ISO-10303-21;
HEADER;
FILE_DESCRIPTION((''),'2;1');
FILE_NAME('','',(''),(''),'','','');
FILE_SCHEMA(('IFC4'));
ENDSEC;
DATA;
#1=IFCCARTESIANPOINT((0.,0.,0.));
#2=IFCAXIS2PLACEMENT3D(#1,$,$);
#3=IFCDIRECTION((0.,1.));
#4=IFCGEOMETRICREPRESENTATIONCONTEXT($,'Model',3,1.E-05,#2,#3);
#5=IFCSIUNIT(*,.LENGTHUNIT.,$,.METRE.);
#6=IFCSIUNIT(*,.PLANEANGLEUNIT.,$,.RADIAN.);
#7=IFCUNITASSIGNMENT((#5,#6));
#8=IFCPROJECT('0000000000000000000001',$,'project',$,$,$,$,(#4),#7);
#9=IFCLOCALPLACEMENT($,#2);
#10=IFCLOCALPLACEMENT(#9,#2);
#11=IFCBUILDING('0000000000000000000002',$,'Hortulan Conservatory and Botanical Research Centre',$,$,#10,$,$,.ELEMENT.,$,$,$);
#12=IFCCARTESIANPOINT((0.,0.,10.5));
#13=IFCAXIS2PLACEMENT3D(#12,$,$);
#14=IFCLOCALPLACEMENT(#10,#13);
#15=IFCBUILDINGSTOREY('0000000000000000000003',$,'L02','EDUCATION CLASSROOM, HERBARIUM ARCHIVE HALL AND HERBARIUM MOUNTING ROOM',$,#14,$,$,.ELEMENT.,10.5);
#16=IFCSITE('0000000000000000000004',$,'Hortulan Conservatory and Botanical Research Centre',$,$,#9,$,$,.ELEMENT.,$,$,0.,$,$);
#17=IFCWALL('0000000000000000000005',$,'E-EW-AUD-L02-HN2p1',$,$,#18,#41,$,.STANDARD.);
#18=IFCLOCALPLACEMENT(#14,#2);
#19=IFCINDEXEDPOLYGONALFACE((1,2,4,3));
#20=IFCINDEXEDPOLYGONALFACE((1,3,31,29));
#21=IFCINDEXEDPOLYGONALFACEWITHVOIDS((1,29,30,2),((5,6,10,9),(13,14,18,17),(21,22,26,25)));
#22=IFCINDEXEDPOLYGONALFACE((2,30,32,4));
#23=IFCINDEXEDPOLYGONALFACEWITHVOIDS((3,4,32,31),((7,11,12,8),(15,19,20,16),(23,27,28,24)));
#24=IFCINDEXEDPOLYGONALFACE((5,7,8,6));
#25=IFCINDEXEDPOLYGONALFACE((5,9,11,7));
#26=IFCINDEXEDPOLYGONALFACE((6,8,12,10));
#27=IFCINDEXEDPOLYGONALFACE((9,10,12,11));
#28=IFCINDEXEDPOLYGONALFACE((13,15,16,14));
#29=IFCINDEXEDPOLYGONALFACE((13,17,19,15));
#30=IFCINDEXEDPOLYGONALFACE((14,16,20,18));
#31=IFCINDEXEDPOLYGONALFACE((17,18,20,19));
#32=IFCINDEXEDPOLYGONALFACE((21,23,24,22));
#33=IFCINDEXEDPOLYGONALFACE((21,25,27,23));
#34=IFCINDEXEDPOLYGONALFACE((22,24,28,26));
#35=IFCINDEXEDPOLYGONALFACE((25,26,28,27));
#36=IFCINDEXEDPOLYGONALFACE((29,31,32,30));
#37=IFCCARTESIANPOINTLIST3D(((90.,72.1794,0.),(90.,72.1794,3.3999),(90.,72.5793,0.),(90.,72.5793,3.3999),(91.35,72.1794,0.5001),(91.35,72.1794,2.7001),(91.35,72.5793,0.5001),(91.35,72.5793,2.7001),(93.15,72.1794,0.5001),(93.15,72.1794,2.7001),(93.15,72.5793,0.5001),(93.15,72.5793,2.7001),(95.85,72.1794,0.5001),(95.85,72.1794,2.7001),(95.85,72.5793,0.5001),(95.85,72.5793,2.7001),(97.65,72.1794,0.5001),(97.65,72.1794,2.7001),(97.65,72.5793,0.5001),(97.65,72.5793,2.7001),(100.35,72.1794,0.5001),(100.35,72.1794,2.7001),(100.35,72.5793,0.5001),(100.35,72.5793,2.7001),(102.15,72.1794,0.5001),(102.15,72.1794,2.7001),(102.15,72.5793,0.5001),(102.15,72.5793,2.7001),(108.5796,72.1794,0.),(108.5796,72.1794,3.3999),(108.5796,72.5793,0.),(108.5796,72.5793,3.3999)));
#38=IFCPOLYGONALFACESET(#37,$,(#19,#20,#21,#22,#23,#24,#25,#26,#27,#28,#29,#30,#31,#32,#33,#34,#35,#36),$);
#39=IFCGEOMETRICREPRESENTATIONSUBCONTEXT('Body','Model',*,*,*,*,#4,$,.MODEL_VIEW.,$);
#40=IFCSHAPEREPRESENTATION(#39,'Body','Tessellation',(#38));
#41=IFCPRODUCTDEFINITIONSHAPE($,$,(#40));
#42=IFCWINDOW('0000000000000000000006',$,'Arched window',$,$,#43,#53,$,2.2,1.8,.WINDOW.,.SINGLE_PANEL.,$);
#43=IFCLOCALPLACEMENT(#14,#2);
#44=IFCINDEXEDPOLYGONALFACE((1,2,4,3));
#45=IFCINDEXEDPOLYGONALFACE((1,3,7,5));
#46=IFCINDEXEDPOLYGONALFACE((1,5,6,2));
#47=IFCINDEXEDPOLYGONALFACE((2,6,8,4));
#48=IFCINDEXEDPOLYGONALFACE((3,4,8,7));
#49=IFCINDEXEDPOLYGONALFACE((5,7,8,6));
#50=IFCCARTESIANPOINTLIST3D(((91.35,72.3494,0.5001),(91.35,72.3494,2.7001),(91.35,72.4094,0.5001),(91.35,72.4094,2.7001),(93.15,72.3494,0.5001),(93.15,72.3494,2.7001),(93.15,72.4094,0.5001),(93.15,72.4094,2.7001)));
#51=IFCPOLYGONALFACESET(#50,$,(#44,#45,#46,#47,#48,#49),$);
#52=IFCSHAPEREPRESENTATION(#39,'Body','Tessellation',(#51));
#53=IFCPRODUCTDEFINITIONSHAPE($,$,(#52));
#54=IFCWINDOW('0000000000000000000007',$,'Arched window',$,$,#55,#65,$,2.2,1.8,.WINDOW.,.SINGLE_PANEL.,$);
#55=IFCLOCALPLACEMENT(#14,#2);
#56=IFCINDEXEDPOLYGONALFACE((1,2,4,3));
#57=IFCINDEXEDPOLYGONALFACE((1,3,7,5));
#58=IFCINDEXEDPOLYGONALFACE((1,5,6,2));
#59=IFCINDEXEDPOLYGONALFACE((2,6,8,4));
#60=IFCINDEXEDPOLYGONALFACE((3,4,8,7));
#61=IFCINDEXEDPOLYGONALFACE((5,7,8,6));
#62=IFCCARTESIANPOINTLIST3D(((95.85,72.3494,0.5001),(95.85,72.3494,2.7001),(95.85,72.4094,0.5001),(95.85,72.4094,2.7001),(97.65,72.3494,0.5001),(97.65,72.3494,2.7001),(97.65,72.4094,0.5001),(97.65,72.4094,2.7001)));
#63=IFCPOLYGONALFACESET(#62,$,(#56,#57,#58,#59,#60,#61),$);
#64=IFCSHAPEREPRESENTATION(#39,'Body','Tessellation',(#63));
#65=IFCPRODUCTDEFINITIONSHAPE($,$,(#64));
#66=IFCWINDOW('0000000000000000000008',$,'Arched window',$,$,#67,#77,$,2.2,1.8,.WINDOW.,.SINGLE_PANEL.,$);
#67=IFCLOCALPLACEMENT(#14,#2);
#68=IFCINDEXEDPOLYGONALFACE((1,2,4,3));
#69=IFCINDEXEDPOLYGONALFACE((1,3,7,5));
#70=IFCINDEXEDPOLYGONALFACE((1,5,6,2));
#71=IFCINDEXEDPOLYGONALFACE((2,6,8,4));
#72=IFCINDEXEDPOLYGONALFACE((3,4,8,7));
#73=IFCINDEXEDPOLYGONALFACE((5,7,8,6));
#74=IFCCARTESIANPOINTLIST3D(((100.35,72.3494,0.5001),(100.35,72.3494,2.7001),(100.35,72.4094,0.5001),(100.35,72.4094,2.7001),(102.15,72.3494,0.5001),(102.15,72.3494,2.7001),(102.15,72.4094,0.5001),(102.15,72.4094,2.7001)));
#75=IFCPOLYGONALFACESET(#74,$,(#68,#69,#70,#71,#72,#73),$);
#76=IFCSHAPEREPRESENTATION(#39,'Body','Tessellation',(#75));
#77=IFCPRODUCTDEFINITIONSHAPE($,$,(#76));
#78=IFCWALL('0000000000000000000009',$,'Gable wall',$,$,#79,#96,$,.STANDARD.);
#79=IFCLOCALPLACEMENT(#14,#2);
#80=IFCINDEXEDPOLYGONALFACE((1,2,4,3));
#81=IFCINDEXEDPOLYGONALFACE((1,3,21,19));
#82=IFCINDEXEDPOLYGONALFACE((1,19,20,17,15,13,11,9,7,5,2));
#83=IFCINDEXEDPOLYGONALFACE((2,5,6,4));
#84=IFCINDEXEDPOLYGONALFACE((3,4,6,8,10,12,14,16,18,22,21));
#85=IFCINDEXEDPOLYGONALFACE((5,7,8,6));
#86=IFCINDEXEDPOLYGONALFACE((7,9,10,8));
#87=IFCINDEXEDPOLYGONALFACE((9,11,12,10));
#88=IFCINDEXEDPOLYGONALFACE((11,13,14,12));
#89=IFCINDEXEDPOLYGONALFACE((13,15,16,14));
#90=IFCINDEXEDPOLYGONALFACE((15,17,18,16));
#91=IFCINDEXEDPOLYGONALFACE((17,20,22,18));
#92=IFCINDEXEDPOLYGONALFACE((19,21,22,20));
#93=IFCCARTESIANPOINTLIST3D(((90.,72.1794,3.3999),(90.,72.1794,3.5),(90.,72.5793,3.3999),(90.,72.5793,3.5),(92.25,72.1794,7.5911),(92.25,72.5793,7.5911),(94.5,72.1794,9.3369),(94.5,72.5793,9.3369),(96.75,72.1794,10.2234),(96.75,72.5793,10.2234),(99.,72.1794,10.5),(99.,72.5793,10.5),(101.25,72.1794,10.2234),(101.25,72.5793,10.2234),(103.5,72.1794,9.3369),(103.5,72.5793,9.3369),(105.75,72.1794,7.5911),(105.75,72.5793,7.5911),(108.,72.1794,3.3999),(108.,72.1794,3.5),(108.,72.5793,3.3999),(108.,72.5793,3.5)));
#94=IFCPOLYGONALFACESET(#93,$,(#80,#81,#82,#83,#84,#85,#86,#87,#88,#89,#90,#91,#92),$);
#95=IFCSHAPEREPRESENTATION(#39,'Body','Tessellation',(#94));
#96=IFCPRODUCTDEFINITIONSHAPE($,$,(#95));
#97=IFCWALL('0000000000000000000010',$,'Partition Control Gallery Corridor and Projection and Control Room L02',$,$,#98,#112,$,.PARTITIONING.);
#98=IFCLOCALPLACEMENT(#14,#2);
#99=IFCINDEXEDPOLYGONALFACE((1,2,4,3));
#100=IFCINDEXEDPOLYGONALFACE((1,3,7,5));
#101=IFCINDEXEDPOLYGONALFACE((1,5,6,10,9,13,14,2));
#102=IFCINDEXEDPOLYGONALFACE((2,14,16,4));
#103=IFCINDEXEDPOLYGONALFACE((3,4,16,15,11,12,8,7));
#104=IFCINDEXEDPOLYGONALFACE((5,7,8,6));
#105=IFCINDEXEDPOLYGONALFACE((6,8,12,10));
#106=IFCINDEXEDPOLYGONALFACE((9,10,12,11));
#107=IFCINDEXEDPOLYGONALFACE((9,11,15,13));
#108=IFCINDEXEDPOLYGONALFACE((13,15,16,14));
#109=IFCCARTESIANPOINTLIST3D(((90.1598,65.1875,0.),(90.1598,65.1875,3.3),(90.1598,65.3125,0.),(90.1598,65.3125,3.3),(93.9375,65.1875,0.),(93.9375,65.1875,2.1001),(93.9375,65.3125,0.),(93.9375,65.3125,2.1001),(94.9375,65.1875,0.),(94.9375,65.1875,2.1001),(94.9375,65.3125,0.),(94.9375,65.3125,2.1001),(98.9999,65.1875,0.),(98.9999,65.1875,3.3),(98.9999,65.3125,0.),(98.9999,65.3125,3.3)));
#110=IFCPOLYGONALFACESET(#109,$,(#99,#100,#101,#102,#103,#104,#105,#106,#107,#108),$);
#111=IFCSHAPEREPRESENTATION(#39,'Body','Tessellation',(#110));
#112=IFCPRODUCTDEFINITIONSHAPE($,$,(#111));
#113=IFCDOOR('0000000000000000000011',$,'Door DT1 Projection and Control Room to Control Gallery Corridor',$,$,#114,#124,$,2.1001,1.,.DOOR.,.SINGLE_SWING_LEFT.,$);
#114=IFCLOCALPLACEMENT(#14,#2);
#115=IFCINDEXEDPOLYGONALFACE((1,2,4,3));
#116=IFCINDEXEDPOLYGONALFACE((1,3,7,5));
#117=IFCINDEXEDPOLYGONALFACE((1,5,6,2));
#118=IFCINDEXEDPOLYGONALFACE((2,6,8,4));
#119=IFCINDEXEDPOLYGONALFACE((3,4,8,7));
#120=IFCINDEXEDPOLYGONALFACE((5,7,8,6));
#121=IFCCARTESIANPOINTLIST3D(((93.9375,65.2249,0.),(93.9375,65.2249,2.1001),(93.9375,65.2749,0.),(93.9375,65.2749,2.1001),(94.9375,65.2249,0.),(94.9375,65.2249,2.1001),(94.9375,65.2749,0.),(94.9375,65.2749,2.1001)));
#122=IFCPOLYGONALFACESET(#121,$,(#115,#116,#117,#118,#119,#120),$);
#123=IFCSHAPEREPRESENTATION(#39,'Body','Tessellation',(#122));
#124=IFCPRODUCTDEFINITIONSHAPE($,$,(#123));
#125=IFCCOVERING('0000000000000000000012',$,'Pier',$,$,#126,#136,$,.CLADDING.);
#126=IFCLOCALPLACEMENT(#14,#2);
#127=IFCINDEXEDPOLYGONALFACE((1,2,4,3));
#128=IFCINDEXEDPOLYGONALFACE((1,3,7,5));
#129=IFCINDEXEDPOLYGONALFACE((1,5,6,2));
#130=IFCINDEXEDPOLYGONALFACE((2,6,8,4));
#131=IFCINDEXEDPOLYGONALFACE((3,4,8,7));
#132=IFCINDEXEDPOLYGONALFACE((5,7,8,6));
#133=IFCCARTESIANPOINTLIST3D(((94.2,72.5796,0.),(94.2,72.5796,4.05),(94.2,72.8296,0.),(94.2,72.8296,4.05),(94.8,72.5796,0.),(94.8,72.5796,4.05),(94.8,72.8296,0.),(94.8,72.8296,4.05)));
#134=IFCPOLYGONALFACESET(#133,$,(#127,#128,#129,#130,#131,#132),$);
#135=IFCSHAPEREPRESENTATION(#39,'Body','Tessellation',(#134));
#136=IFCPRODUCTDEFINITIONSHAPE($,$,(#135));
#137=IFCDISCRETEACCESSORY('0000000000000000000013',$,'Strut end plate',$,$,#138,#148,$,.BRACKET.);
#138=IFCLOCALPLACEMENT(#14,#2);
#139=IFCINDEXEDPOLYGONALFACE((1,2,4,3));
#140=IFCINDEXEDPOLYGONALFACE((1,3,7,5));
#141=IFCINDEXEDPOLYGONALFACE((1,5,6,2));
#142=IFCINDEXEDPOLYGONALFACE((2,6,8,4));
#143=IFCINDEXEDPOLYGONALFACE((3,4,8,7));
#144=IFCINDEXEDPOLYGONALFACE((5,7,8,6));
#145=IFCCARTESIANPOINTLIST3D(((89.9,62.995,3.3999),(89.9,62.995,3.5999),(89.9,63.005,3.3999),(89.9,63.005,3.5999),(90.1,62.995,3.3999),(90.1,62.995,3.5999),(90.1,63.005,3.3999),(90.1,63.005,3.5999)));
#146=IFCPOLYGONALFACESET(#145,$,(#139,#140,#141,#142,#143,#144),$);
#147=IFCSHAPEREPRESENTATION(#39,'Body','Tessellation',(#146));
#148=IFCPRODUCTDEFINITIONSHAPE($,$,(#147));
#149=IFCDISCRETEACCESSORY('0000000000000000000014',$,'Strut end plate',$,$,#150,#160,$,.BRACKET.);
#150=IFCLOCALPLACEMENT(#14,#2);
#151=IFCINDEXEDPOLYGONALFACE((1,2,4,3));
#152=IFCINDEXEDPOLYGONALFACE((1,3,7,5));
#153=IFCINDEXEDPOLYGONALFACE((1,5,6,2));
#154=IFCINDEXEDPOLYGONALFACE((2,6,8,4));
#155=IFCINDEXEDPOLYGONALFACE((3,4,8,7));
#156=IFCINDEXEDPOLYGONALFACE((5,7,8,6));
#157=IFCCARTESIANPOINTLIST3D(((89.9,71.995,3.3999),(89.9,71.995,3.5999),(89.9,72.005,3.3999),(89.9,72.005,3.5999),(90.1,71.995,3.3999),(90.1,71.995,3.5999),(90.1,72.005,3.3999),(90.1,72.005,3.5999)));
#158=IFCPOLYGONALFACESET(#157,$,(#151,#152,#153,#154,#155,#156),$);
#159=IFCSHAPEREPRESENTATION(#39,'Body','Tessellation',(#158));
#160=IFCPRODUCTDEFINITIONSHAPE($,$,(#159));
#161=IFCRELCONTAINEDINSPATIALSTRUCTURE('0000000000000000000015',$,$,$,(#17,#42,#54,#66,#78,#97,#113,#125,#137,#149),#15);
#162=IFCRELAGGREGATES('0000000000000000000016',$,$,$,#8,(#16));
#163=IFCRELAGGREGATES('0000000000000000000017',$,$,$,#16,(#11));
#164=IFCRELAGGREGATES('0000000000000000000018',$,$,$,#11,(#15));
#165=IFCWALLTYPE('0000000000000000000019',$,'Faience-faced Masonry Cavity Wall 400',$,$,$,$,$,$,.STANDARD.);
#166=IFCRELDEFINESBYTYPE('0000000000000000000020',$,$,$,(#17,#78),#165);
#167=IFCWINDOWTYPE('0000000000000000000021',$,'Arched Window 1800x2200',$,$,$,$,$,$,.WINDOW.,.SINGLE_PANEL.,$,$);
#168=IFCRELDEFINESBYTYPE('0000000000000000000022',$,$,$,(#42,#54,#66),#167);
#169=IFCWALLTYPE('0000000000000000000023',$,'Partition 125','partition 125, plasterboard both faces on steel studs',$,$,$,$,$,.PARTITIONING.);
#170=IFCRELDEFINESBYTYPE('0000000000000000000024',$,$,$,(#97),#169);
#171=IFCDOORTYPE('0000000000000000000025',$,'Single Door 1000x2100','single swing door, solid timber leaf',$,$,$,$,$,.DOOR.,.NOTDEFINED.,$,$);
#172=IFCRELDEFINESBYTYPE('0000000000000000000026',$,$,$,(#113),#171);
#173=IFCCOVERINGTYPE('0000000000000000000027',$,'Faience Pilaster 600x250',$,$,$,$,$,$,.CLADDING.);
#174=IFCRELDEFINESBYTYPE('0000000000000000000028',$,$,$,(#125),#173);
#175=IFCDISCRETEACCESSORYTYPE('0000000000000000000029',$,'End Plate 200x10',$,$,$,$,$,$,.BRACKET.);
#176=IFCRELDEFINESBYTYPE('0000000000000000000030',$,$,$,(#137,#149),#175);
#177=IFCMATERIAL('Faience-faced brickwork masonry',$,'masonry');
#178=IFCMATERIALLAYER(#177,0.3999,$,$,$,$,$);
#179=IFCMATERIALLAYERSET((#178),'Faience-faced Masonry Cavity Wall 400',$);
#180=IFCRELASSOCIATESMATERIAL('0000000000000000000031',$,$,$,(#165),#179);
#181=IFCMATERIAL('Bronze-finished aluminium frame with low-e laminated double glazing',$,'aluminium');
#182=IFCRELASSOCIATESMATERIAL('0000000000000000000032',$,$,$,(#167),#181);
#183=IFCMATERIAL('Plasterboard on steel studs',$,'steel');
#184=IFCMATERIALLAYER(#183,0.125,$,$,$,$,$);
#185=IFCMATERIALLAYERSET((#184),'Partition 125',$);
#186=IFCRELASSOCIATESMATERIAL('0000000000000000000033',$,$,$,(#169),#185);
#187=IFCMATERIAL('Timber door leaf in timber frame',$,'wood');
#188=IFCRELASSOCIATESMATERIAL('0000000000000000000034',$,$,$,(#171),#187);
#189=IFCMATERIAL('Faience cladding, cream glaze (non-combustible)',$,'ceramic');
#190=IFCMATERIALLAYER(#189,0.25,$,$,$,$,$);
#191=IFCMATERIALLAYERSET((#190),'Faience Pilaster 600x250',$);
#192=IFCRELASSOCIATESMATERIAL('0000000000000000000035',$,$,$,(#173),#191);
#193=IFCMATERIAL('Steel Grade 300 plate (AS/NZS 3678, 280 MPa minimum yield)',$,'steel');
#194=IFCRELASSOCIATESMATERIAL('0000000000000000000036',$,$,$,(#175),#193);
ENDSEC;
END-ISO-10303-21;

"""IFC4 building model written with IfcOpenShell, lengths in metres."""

from ifc_helpers import new_model, si_unit, direction, frame, frame_2d, origin, origin_2d, place, context, subcontext, project, spatial, polyline, rectangle, outline, extrude, material, layer, layer_set, type_object, element, fill, save


model = new_model("IFC4")

# Units and contexts
model_context = context("Model", 3, precision=1e-05, world=origin(), true_north=direction((0.0, 1.0)))
body_context = subcontext(model_context, "Body", "Model", "MODEL_VIEW")
ifc_project = project(units=[si_unit("LENGTHUNIT", "METRE"), si_unit("PLANEANGLEUNIT", "RADIAN")], contexts=[model_context])

# Site, building, storey
site_placement = place(None, origin())
site = spatial("IfcSite", under=ifc_project, at=site_placement, Name="Hortulan Conservatory and Botanical Research Centre", CompositionType="ELEMENT", RefElevation=0.0)
building_placement = place(site_placement, origin())
building = spatial("IfcBuilding", under=site, at=building_placement, Name="Hortulan Conservatory and Botanical Research Centre", CompositionType="ELEMENT")
storey_placement = place(building_placement, frame((0.0, 0.0, 10.5)))
storey = spatial("IfcBuildingStorey", under=building, at=storey_placement, Name="L02", Description="EDUCATION CLASSROOM, HERBARIUM ARCHIVE HALL AND HERBARIUM MOUNTING ROOM", CompositionType="ELEMENT", Elevation=10.5)

# Wall, openings, windows
ifc_material_1 = material(Name="Faience-faced brickwork masonry", Category="masonry")
ifc_layer_1 = layer(ifc_material_1, 0.3999)
ifc_layer_set_1 = layer_set([ifc_layer_1], Name="Faience-faced Masonry Cavity Wall 400")
wall_type_1 = type_object("IfcWallType", Name="Faience-faced Masonry Cavity Wall 400", PredefinedType="STANDARD", material=ifc_layer_set_1)
wall_1_placement = place(storey_placement, frame((90.0, 72.3794, 0.0), z_axis=(0.0, 0.0, 1.0), x_axis=(1.0, 0.0, 0.0)))
wall_1 = element("IfcWall", 1, at=wall_1_placement, inside=storey, type_object=wall_type_1, Name="E-EW-AUD-L02-HN2p1", PredefinedType="STANDARD", context=body_context, shape_type="SweptSolid", body=[
    extrude(rectangle(XDim=18.5796, YDim=0.3999, at=frame_2d((9.2898, 0.0))), origin(), (0.0, 0.0, 1.0), 3.3999),
])
opening_1_placement = place(wall_1_placement, frame((1.3501, 0.0, 0.5)))
opening_1 = element("IfcOpeningElement", 2, at=opening_1_placement, cuts=wall_1, PredefinedType="OPENING", context=body_context, shape_type="SweptSolid", body=[
    extrude(rectangle(XDim=1.8, YDim=2.2, at=frame_2d((0.8999, 1.1001))), frame((0.0, 0.21, 0.0), z_axis=(0.0, -1.0, 0.0), x_axis=(1.0, 0.0, 0.0)), (0.0, 0.0, 1.0), 0.4199),
])
opening_2_placement = place(wall_1_placement, frame((5.8501, 0.0, 0.5)))
opening_2 = element("IfcOpeningElement", 3, at=opening_2_placement, cuts=wall_1, PredefinedType="OPENING", context=body_context, shape_type="SweptSolid", body=[
    extrude(rectangle(XDim=1.8, YDim=2.2, at=frame_2d((0.8999, 1.1001))), frame((0.0, 0.21, 0.0), z_axis=(0.0, -1.0, 0.0), x_axis=(1.0, 0.0, 0.0)), (0.0, 0.0, 1.0), 0.4199),
])
opening_3_placement = place(wall_1_placement, frame((10.3501, 0.0, 0.5)))
opening_3 = element("IfcOpeningElement", 4, at=opening_3_placement, cuts=wall_1, PredefinedType="OPENING", context=body_context, shape_type="SweptSolid", body=[
    extrude(rectangle(XDim=1.8, YDim=2.2, at=frame_2d((0.8999, 1.1001))), frame((0.0, 0.21, 0.0), z_axis=(0.0, -1.0, 0.0), x_axis=(1.0, 0.0, 0.0)), (0.0, 0.0, 1.0), 0.4199),
])
ifc_material_2 = material(Name="Bronze-finished aluminium frame with low-e laminated double glazing", Category="aluminium")
window_type = type_object("IfcWindowType", Name="Arched Window 1800x2200", PartitioningType="SINGLE_PANEL", PredefinedType="WINDOW", material=ifc_material_2)
window_1_placement = place(opening_1_placement, origin())
window_1 = element("IfcWindow", 5, at=window_1_placement, inside=storey, type_object=window_type, Name="Arched window", OverallHeight=2.2, OverallWidth=1.8, PartitioningType="SINGLE_PANEL", PredefinedType="WINDOW", context=body_context, shape_type="SweptSolid", body=[
    extrude(rectangle(XDim=1.8, YDim=2.2, at=frame_2d((0.8999, 1.1001))), frame((0.0, 0.03, 0.0), z_axis=(0.0, -1.0, 0.0), x_axis=(1.0, 0.0, 0.0)), (0.0, 0.0, 1.0), 0.0601),
])
fill(opening_1, window_1)
window_2_placement = place(opening_2_placement, origin())
window_2 = element("IfcWindow", 6, at=window_2_placement, inside=storey, type_object=window_type, Name="Arched window", OverallHeight=2.2, OverallWidth=1.8, PartitioningType="SINGLE_PANEL", PredefinedType="WINDOW", context=body_context, shape_type="SweptSolid", body=[
    extrude(rectangle(XDim=1.8, YDim=2.2, at=frame_2d((0.8999, 1.1001))), frame((0.0, 0.03, 0.0), z_axis=(0.0, -1.0, 0.0), x_axis=(1.0, 0.0, 0.0)), (0.0, 0.0, 1.0), 0.0601),
])
fill(opening_2, window_2)
window_3_placement = place(opening_3_placement, origin())
window_3 = element("IfcWindow", 7, at=window_3_placement, inside=storey, type_object=window_type, Name="Arched window", OverallHeight=2.2, OverallWidth=1.8, PartitioningType="SINGLE_PANEL", PredefinedType="WINDOW", context=body_context, shape_type="SweptSolid", body=[
    extrude(rectangle(XDim=1.8, YDim=2.2, at=frame_2d((0.8999, 1.1001))), frame((0.0, 0.03, 0.0), z_axis=(0.0, -1.0, 0.0), x_axis=(1.0, 0.0, 0.0)), (0.0, 0.0, 1.0), 0.0601),
])
fill(opening_3, window_3)

# Wall
wall_2_placement = place(storey_placement, frame((90.0, 72.3794, 3.3999), z_axis=(0.0, 0.0, 1.0), x_axis=(1.0, 0.0, 0.0)))
element("IfcWall", 8, at=wall_2_placement, inside=storey, type_object=wall_type_1, Name="Gable wall", PredefinedType="STANDARD", context=body_context, shape_type="SweptSolid", body=[
    extrude(outline(polyline([(0.0, 0.0), (18.0, 0.0), (18.0, 0.1001), (15.75, 4.1912), (13.5, 5.937), (11.25, 6.8235), (9.0, 7.1001), (6.75, 6.8235), (4.5, 5.937), (2.25, 4.1912), (0.0, 0.1001), (0.0, 0.0)])), frame((0.0, 0.2, 0.0), z_axis=(0.0, -1.0, 0.0), x_axis=(1.0, 0.0, 0.0)), (0.0, 0.0, 1.0), 0.3999),
])

# Wall, opening, door
ifc_material_3 = material(Name="Plasterboard on steel studs", Category="steel")
ifc_layer_2 = layer(ifc_material_3, 0.125)
ifc_layer_set_2 = layer_set([ifc_layer_2], Name="Partition 125")
wall_type_2 = type_object("IfcWallType", Name="Partition 125", Description="partition 125, plasterboard both faces on steel studs", PredefinedType="PARTITIONING", material=ifc_layer_set_2)
wall_3_placement = place(storey_placement, frame((90.1599, 65.25, 0.0), z_axis=(0.0, 0.0, 1.0), x_axis=(1.0, 0.0, 0.0)))
wall_3 = element("IfcWall", 9, at=wall_3_placement, inside=storey, type_object=wall_type_2, Name="Partition Control Gallery Corridor and Projection and Control Room L02", PredefinedType="PARTITIONING", context=body_context, shape_type="SweptSolid", body=[
    extrude(rectangle(XDim=8.8401, YDim=0.125, at=frame_2d((4.4199, 0.0))), origin(), (0.0, 0.0, 1.0), 3.3),
])
opening_4_placement = place(wall_3_placement, frame((3.7776, 0.0, 0.0)))
opening_4 = element("IfcOpeningElement", 10, at=opening_4_placement, cuts=wall_3, PredefinedType="OPENING", context=body_context, shape_type="SweptSolid", body=[
    extrude(rectangle(XDim=1.0, YDim=2.1001, at=frame_2d((0.5, 1.05))), frame((0.0, 0.0725, 0.0), z_axis=(0.0, -1.0, 0.0), x_axis=(1.0, 0.0, 0.0)), (0.0, 0.0, 1.0), 0.145),
])
ifc_material_4 = material(Name="Timber door leaf in timber frame", Category="wood")
door_type_1 = type_object("IfcDoorType", Name="Single Door 1000x2100", Description="single swing door, solid timber leaf", OperationType="NOTDEFINED", PredefinedType="DOOR", material=ifc_material_4)
door_1_placement = place(opening_4_placement, origin())
door_1 = element("IfcDoor", 11, at=door_1_placement, inside=storey, type_object=door_type_1, Name="Door DT1 Projection and Control Room to Control Gallery Corridor", OperationType="SINGLE_SWING_LEFT", OverallHeight=2.1001, OverallWidth=1.0, PredefinedType="DOOR", context=body_context, shape_type="SweptSolid", body=[
    extrude(rectangle(XDim=1.0, YDim=2.1001, at=frame_2d((0.5, 1.05))), frame((0.0, 0.0249, 0.0), z_axis=(0.0, -1.0, 0.0), x_axis=(1.0, 0.0, 0.0)), (0.0, 0.0, 1.0), 0.05),
])
fill(opening_4, door_1)

# Covering
ifc_material_5 = material(Name="Faience cladding, cream glaze (non-combustible)", Category="ceramic")
ifc_layer_3 = layer(ifc_material_5, 0.25)
ifc_layer_set_3 = layer_set([ifc_layer_3], Name="Faience Pilaster 600x250")
covering_type = type_object("IfcCoveringType", Name="Faience Pilaster 600x250", PredefinedType="CLADDING", material=ifc_layer_set_3)
covering_placement = place(storey_placement, frame((94.5, 72.7046, 0.0), z_axis=(0.0, 0.0, 1.0), x_axis=(1.0, 0.0, 0.0)))
element("IfcCovering", 12, at=covering_placement, inside=storey, type_object=covering_type, Name="Pier", PredefinedType="CLADDING", context=body_context, shape_type="SweptSolid", body=[
    extrude(rectangle(XDim=0.6001, YDim=0.25, at=origin_2d()), origin(), (0.0, 0.0, 1.0), 4.05),
])

# Discrete accessories
ifc_material_6 = material(Name="Steel Grade 300 plate (AS/NZS 3678, 280 MPa minimum yield)", Category="steel")
discrete_accessory_type = type_object("IfcDiscreteAccessoryType", Name="End Plate 200x10", PredefinedType="BRACKET", material=ifc_material_6)
for number, where, z_axis, x_axis, name in (
    (13, (90.0, 63.0, 3.3999), (0.0, 0.0, 1.0), (1.0, 0.0, 0.0), "Strut end plate"),
    (14, (90.0, 72.0, 3.3999), (0.0, 0.0, 1.0), (1.0, 0.0, 0.0), "Strut end plate"),
):
    element("IfcDiscreteAccessory", number, at=place(storey_placement, frame(where, z_axis=z_axis, x_axis=x_axis)), inside=storey, type_object=discrete_accessory_type, Name=name, PredefinedType="BRACKET", context=body_context, shape_type="SweptSolid", body=[
        extrude(rectangle(XDim=0.2, YDim=0.01, at=origin_2d()), origin(), (0.0, 0.0, 1.0), 0.2),
    ])

save(model, "model.ifc")
